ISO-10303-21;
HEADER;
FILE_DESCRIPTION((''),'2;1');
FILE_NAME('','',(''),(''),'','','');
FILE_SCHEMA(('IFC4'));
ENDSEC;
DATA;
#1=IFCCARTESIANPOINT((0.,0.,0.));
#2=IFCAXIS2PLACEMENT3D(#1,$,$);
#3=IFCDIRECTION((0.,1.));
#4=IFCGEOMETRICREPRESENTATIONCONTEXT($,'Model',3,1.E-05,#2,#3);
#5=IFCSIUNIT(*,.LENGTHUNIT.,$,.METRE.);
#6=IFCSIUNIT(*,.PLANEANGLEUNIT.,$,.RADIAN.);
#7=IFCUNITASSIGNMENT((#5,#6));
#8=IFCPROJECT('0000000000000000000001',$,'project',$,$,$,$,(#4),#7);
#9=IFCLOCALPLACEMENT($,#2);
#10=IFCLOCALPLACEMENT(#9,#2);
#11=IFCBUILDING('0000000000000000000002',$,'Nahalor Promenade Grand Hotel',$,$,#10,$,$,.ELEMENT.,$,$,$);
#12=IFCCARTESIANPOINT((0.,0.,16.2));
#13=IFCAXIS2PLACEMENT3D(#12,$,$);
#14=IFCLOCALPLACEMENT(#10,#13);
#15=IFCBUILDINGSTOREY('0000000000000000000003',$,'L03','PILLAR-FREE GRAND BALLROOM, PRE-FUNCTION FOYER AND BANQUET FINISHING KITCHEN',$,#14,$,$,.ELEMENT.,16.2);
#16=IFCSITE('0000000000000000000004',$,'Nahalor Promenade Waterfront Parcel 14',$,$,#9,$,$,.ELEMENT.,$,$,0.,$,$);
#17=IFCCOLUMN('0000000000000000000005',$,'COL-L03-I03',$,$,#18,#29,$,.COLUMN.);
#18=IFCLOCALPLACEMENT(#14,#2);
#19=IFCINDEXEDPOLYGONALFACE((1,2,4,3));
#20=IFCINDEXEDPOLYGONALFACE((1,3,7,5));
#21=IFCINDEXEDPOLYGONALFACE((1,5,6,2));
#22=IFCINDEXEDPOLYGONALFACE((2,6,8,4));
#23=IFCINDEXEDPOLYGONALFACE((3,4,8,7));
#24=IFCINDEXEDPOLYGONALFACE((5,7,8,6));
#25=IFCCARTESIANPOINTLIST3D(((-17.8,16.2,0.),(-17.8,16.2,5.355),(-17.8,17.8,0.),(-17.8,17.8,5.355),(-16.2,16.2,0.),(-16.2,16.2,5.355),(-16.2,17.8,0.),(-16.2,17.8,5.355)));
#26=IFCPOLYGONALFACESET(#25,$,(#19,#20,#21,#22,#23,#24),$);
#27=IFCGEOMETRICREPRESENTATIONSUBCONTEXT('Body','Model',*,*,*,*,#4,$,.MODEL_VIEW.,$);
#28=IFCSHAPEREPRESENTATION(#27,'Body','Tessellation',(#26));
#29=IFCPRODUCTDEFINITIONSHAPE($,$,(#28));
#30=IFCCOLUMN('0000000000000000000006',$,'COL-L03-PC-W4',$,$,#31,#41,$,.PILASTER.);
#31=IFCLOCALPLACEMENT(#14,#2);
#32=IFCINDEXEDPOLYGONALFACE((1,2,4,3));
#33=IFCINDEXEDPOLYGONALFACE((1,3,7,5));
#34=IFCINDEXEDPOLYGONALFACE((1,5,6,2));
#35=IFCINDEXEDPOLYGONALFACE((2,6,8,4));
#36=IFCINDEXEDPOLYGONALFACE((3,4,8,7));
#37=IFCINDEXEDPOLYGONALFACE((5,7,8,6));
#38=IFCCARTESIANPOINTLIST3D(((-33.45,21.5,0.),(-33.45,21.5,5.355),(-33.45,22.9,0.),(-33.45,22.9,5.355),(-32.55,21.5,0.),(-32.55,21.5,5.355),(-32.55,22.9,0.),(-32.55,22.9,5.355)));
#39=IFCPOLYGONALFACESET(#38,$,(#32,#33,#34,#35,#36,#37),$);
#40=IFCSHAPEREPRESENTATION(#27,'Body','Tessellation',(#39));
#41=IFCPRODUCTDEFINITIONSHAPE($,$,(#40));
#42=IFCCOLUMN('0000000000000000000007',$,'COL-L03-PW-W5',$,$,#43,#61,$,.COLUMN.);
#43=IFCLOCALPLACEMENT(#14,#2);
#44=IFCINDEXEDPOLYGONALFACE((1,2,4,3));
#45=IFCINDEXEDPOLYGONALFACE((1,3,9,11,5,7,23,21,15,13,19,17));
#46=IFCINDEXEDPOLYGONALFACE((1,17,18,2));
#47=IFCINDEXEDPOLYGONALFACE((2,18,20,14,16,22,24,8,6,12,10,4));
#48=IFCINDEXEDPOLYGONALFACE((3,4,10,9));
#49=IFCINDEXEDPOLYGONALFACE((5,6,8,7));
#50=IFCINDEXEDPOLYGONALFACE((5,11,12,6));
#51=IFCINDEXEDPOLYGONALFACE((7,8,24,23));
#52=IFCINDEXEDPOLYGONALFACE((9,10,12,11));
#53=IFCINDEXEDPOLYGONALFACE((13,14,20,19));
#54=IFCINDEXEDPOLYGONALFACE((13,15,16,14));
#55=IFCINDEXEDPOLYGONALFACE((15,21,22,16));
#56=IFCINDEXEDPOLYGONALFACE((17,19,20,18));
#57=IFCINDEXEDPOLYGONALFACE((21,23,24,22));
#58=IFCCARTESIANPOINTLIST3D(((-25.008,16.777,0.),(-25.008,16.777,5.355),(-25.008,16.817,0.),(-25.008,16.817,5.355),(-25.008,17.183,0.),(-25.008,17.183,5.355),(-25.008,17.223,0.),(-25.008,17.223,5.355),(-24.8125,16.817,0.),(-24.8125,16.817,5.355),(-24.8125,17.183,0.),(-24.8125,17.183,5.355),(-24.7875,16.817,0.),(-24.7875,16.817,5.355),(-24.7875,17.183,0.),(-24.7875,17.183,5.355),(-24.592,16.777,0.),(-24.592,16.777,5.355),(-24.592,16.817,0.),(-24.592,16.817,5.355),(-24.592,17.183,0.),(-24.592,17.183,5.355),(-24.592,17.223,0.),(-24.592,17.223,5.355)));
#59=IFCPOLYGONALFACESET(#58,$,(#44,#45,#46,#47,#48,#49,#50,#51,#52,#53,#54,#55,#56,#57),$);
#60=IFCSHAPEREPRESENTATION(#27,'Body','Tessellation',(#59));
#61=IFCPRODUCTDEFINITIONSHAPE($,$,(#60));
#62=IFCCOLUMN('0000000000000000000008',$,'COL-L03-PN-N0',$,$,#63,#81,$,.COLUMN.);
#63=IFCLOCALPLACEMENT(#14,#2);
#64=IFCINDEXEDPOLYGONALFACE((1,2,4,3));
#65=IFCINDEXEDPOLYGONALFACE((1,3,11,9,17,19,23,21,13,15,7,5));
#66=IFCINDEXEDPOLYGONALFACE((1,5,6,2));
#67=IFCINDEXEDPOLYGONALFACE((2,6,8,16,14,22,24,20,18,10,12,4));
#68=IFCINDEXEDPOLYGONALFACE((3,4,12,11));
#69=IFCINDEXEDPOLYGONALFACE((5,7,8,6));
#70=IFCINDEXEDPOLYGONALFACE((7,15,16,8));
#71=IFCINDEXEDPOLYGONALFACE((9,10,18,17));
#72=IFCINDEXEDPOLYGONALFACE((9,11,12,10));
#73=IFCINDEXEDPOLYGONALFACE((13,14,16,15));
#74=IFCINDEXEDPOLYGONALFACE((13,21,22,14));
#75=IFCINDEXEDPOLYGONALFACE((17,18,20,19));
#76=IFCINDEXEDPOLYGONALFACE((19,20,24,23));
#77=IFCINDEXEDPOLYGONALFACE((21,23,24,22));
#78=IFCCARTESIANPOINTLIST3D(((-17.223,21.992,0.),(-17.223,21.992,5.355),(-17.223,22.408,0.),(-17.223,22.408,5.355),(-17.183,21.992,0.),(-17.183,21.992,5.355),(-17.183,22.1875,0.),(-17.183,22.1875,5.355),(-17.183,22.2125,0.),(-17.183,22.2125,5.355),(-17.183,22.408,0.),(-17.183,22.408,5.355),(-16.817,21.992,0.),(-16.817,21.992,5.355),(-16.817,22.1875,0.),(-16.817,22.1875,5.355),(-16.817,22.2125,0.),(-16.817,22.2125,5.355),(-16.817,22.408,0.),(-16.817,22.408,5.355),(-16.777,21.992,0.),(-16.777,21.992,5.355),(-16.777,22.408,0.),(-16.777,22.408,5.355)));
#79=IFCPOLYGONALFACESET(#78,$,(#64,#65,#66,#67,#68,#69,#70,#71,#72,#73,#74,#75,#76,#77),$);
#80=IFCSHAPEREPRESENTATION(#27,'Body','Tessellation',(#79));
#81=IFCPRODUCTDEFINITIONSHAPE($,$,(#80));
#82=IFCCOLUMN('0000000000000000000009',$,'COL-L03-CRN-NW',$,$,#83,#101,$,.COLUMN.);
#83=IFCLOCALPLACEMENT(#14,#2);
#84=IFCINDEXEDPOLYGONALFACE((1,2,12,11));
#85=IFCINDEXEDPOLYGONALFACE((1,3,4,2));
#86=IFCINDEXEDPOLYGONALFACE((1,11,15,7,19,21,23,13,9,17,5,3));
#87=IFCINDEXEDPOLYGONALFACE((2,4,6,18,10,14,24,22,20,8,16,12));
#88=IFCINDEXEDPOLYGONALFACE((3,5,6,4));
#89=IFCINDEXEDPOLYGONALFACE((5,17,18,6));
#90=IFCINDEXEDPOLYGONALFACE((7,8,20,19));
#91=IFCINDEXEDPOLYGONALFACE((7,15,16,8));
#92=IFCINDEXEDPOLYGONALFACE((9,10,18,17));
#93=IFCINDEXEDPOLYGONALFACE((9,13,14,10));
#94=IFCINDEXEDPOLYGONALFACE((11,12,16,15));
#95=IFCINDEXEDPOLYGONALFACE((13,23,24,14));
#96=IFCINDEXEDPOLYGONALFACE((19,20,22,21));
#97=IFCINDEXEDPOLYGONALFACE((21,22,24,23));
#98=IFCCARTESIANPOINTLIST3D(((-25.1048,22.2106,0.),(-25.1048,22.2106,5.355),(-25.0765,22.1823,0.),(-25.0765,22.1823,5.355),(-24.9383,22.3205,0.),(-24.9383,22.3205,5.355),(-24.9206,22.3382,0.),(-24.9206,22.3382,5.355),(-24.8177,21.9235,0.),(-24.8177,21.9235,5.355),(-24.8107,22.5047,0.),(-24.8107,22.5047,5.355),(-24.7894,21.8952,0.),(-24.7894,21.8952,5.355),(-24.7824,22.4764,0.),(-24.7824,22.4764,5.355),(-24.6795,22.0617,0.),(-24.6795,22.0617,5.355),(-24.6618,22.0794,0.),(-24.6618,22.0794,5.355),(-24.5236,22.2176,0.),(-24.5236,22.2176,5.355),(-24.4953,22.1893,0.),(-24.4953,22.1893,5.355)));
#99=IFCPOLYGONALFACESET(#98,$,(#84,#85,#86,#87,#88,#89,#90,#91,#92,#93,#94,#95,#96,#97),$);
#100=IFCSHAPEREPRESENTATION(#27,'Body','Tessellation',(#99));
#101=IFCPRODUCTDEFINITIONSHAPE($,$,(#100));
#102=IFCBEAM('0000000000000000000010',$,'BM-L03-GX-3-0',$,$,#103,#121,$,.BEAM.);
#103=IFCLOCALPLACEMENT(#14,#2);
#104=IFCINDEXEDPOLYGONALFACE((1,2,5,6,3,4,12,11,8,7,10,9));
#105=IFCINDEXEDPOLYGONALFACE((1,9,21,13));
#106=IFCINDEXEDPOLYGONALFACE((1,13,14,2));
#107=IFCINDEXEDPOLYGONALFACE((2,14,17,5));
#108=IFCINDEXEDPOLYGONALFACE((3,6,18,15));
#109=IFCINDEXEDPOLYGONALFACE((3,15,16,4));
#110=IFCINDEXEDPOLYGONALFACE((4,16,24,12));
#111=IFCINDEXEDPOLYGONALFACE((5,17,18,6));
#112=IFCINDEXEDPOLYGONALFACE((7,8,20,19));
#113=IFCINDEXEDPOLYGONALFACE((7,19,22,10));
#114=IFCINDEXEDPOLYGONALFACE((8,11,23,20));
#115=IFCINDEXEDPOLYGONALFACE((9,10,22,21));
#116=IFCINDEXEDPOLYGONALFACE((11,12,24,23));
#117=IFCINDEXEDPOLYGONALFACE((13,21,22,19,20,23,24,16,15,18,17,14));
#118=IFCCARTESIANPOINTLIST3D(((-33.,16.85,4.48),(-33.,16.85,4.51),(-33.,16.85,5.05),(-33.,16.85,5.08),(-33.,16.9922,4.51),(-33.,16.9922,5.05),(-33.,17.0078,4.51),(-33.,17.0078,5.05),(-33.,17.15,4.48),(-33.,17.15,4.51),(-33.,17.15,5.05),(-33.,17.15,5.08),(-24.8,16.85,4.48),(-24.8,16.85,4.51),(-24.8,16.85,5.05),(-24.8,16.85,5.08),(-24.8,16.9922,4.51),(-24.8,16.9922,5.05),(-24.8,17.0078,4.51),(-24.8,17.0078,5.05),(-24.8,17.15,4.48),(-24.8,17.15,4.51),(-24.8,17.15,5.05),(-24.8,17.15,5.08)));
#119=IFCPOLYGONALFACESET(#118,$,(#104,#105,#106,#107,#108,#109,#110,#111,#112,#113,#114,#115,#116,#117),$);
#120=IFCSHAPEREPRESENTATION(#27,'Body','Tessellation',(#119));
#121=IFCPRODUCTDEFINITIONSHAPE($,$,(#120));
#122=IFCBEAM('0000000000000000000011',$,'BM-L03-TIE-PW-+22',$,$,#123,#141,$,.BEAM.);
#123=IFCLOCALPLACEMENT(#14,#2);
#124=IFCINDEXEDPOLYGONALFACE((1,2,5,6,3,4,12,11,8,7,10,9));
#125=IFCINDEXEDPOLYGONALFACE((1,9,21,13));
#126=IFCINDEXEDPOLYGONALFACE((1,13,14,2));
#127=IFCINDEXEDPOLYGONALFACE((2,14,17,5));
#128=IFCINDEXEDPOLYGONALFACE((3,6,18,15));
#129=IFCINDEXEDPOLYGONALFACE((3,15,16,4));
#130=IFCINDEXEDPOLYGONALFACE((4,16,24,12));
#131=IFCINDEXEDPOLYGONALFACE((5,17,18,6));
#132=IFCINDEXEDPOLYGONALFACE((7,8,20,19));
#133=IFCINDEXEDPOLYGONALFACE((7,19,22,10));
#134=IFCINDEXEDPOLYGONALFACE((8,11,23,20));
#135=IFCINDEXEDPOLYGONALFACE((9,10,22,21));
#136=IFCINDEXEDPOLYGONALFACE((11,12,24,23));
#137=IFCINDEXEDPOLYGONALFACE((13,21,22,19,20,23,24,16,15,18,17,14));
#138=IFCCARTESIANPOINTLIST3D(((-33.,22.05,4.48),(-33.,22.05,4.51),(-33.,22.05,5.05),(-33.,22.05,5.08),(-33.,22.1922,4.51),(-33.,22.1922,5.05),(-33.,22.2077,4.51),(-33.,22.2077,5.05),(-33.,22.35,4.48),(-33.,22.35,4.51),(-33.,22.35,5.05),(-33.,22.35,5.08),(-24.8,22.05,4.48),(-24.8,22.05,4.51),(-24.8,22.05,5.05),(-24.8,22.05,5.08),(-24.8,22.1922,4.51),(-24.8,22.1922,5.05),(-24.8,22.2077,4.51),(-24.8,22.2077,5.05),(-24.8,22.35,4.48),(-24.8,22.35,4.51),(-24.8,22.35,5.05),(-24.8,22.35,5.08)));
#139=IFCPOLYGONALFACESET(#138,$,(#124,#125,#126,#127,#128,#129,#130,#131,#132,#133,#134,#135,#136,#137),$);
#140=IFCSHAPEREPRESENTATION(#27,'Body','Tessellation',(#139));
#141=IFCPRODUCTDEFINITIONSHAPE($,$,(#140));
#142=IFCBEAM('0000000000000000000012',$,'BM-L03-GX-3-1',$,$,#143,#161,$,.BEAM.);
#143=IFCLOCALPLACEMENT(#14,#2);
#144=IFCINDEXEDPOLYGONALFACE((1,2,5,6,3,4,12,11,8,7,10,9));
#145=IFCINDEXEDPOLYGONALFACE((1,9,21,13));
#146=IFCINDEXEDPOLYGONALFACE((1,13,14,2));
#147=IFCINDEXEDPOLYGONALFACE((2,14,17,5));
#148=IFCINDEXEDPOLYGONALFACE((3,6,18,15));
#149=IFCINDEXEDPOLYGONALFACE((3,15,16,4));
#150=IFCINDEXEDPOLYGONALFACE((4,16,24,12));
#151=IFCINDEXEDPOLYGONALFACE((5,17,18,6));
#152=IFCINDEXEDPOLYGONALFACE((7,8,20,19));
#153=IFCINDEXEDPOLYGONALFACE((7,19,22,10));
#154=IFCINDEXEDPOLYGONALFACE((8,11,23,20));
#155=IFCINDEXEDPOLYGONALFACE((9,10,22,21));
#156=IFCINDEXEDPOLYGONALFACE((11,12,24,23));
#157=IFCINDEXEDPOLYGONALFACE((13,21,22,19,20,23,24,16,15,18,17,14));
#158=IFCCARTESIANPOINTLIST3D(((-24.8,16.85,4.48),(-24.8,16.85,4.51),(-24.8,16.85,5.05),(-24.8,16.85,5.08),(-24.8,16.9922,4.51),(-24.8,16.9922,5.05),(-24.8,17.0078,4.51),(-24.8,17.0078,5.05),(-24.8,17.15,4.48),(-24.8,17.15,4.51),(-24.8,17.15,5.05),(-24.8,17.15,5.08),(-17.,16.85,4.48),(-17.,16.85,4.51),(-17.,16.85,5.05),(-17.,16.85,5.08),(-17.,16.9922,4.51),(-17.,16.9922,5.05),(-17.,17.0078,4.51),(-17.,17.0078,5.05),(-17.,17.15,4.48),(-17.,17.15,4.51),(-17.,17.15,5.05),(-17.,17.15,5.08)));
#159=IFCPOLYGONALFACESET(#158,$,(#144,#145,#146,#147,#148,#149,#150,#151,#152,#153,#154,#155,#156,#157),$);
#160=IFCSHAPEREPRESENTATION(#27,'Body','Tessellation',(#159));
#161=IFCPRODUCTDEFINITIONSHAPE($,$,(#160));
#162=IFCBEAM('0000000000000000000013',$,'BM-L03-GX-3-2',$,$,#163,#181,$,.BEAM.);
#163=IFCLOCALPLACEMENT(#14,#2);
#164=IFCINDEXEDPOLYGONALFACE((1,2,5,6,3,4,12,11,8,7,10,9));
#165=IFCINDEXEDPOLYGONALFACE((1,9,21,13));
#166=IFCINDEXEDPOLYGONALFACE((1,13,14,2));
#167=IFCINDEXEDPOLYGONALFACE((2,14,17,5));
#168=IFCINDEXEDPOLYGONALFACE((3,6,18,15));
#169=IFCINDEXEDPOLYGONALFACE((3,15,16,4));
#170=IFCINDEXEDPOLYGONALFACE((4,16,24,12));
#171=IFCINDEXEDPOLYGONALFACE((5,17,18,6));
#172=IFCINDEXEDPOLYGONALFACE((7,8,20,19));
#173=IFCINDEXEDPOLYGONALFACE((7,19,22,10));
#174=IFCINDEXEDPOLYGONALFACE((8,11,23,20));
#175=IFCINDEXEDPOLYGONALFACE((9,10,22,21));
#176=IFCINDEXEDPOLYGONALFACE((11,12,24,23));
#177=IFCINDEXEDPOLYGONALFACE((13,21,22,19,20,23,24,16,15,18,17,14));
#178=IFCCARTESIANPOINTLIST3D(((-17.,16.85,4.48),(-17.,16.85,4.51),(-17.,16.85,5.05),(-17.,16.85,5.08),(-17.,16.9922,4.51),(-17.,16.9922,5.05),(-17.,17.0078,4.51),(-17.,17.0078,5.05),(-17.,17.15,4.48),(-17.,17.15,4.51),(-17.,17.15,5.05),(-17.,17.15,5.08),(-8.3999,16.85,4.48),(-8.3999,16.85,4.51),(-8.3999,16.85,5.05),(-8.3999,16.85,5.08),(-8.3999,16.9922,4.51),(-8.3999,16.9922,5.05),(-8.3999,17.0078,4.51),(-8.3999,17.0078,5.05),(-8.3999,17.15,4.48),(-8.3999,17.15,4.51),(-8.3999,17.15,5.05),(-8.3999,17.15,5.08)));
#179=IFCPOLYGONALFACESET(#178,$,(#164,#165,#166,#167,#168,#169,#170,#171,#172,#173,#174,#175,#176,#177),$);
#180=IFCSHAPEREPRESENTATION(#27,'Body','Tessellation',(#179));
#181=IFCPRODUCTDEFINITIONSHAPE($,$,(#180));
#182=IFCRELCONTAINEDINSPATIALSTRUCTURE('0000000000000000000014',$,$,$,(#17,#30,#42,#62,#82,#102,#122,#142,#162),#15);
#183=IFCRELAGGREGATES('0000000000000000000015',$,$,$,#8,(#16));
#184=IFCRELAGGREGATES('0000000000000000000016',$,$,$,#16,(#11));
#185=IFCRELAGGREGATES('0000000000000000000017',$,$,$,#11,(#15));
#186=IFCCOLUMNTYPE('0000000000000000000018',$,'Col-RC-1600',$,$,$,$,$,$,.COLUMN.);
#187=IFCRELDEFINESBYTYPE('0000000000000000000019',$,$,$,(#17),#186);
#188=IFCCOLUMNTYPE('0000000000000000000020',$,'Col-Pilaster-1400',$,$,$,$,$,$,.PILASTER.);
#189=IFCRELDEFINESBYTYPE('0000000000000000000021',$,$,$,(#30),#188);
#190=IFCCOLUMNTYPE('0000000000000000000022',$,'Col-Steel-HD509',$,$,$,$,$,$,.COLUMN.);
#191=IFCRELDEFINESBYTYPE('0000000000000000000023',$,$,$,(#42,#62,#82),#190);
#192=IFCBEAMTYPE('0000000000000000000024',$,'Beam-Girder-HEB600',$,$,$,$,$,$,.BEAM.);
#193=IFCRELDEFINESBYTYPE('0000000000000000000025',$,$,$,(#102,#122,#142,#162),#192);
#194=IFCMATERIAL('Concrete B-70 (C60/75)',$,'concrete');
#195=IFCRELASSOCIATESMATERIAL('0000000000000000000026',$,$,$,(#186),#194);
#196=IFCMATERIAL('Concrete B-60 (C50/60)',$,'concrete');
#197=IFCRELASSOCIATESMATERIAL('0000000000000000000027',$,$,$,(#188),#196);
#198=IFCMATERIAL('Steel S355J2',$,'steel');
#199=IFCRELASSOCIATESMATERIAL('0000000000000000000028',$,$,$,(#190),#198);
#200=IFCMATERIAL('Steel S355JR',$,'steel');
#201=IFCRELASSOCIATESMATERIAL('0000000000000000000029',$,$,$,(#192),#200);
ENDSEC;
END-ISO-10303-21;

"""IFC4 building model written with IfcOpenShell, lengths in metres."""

from ifc_helpers import new_model, si_unit, direction, frame, origin, origin_2d, place, context, subcontext, project, spatial, rectangle, i_section, extrude, source, transform, mapped, material, material_profile, profile_set, type_object, element, save


model = new_model("IFC4")

# Units and contexts
model_context = context("Model", 3, precision=1e-05, world=origin(), true_north=direction((0.0, 1.0)))
body_context = subcontext(model_context, "Body", "Model", "MODEL_VIEW")
ifc_project = project(units=[si_unit("LENGTHUNIT", "METRE"), si_unit("PLANEANGLEUNIT", "RADIAN")], contexts=[model_context])

# Site, building, storey
site_placement = place(None, origin())
site = spatial("IfcSite", under=ifc_project, at=site_placement, Name="Nahalor Promenade Waterfront Parcel 14", CompositionType="ELEMENT", RefElevation=0.0)
building_placement = place(site_placement, origin())
building = spatial("IfcBuilding", under=site, at=building_placement, Name="Nahalor Promenade Grand Hotel", CompositionType="ELEMENT")
storey_placement = place(building_placement, frame((0.0, 0.0, 16.2)))
storey = spatial("IfcBuildingStorey", under=building, at=storey_placement, Name="L03", Description="PILLAR-FREE GRAND BALLROOM, PRE-FUNCTION FOYER AND BANQUET FINISHING KITCHEN", CompositionType="ELEMENT", Elevation=16.2)

# Columns
ifc_material_1 = material(Name="Concrete B-70 (C60/75)", Category="concrete")
ifc_material_profile_1 = material_profile(ifc_material_1, rectangle(XDim=1.6, YDim=1.6, at=origin_2d()), Name="RC 1600x1600")
ifc_profile_set_1 = profile_set([ifc_material_profile_1], Name="Concrete B-70 (C60/75)")
column_type_1 = type_object("IfcColumnType", Name="Col-RC-1600", PredefinedType="COLUMN", material=ifc_profile_set_1)
shared_shape_1 = source(origin(), body_context, "Body", "SweptSolid", [
    extrude(rectangle(XDim=1.6, YDim=1.6, at=origin_2d()), origin(), (0.0, 0.0, 1.0), 5.355),
])
column_1_placement = place(storey_placement, frame((-17.0, 17.0, 0.0), z_axis=(0.0, 0.0, 1.0), x_axis=(1.0, 0.0, 0.0)))
element("IfcColumn", 1, at=column_1_placement, inside=storey, type_object=column_type_1, Name="COL-L03-I03", PredefinedType="COLUMN", context=body_context, shape_type="MappedRepresentation", body=[
    mapped(shared_shape_1, transform((0.0, 0.0, 0.0), scale=1.0)),
])
ifc_material_2 = material(Name="Concrete B-60 (C50/60)", Category="concrete")
ifc_material_profile_2 = material_profile(ifc_material_2, rectangle(XDim=0.9, YDim=1.4, at=origin_2d()), Name="RC 900x1400")
ifc_profile_set_2 = profile_set([ifc_material_profile_2], Name="Concrete B-60 (C50/60)")
column_type_2 = type_object("IfcColumnType", Name="Col-Pilaster-1400", PredefinedType="PILASTER", material=ifc_profile_set_2)
shared_shape_2 = source(origin(), body_context, "Body", "SweptSolid", [
    extrude(rectangle(XDim=0.9, YDim=1.4, at=origin_2d()), origin(), (0.0, 0.0, 1.0), 5.355),
])
column_2_placement = place(storey_placement, frame((-33.0, 22.2, 0.0), z_axis=(0.0, 0.0, 1.0), x_axis=(1.0, 0.0, 0.0)))
element("IfcColumn", 2, at=column_2_placement, inside=storey, type_object=column_type_2, Name="COL-L03-PC-W4", PredefinedType="PILASTER", context=body_context, shape_type="MappedRepresentation", body=[
    mapped(shared_shape_2, transform((0.0, 0.0, 0.0), scale=1.0)),
])
ifc_material_3 = material(Name="Steel S355J2", Category="steel")
ifc_material_profile_3 = material_profile(ifc_material_3, i_section(OverallWidth=0.416, OverallDepth=0.446, WebThickness=0.025, FlangeThickness=0.04, at=origin_2d()), Name="HD 400x509")
ifc_profile_set_3 = profile_set([ifc_material_profile_3], Name="Steel S355J2")
column_type_3 = type_object("IfcColumnType", Name="Col-Steel-HD509", PredefinedType="COLUMN", material=ifc_profile_set_3)
shared_shape_3 = source(origin(), body_context, "Body", "SweptSolid", [
    extrude(i_section(OverallWidth=0.416, OverallDepth=0.446, WebThickness=0.025, FlangeThickness=0.04, at=origin_2d()), origin(), (0.0, 0.0, 1.0), 5.355),
])
for number, where, z_axis, x_axis, name in (
    (3, (-24.8, 17.0, 0.0), (0.0, 0.0, 1.0), (1.0, 0.0, 0.0), "COL-L03-PW-W5"),
    (4, (-17.0, 22.2, 0.0), (0.0, 0.0, 1.0), (0.0, 1.0, 0.0), "COL-L03-PN-N0"),
    (5, (-24.8, 22.2, 0.0), (0.0, 0.0, 1.0), (0.707107, 0.707107, 0.0), "COL-L03-CRN-NW"),
):
    element("IfcColumn", number, at=place(storey_placement, frame(where, z_axis=z_axis, x_axis=x_axis)), inside=storey, type_object=column_type_3, Name=name, PredefinedType="COLUMN", context=body_context, shape_type="MappedRepresentation", body=[
        mapped(shared_shape_3, transform((0.0, 0.0, 0.0), scale=1.0)),
    ])

# Beams
ifc_material_4 = material(Name="Steel S355JR", Category="steel")
ifc_material_profile_4 = material_profile(ifc_material_4, i_section(OverallWidth=0.3, OverallDepth=0.6, WebThickness=0.0155, FlangeThickness=0.03, at=origin_2d()), Name="HEB 600")
ifc_profile_set_4 = profile_set([ifc_material_profile_4], Name="Steel S355JR")
beam_type_1 = type_object("IfcBeamType", Name="Beam-Girder-HEB600", PredefinedType="BEAM", material=ifc_profile_set_4)
shared_shape_4 = source(origin(), body_context, "Body", "SweptSolid", [
    extrude(i_section(OverallWidth=0.3, OverallDepth=0.6, WebThickness=0.0155, FlangeThickness=0.03, at=origin_2d()), origin(), (0.0, 0.0, 1.0), 8.2),
])
for number, where, z_axis, x_axis, name in (
    (6, (-33.0, 17.0, 4.78), (1.0, 0.0, 0.0), (0.0, 1.0, 0.0), "BM-L03-GX-3-0"),
    (7, (-24.8, 22.2, 4.78), (-1.0, 0.0, 0.0), (0.0, -1.0, 0.0), "BM-L03-TIE-PW-+22"),
):
    element("IfcBeam", number, at=place(storey_placement, frame(where, z_axis=z_axis, x_axis=x_axis)), inside=storey, type_object=beam_type_1, Name=name, PredefinedType="BEAM", context=body_context, shape_type="MappedRepresentation", body=[
        mapped(shared_shape_4, transform((0.0, 0.0, 0.0), scale=1.0)),
    ])
shared_shape_5 = source(origin(), body_context, "Body", "SweptSolid", [
    extrude(i_section(OverallWidth=0.3, OverallDepth=0.6, WebThickness=0.0155, FlangeThickness=0.03, at=origin_2d()), origin(), (0.0, 0.0, 1.0), 7.8),
])
beam_1_placement = place(storey_placement, frame((-24.8, 17.0, 4.78), z_axis=(1.0, 0.0, 0.0), x_axis=(0.0, 1.0, 0.0)))
element("IfcBeam", 8, at=beam_1_placement, inside=storey, type_object=beam_type_1, Name="BM-L03-GX-3-1", PredefinedType="BEAM", context=body_context, shape_type="MappedRepresentation", body=[
    mapped(shared_shape_5, transform((0.0, 0.0, 0.0), scale=1.0)),
])
shared_shape_6 = source(origin(), body_context, "Body", "SweptSolid", [
    extrude(i_section(OverallWidth=0.3, OverallDepth=0.6, WebThickness=0.0155, FlangeThickness=0.03, at=origin_2d()), origin(), (0.0, 0.0, 1.0), 8.6001),
])
beam_2_placement = place(storey_placement, frame((-17.0, 17.0, 4.78), z_axis=(1.0, 0.0, 0.0), x_axis=(0.0, 1.0, 0.0)))
element("IfcBeam", 9, at=beam_2_placement, inside=storey, type_object=beam_type_1, Name="BM-L03-GX-3-2", PredefinedType="BEAM", context=body_context, shape_type="MappedRepresentation", body=[
    mapped(shared_shape_6, transform((0.0, 0.0, 0.0), scale=1.0)),
])

save(model, "model.ifc")
